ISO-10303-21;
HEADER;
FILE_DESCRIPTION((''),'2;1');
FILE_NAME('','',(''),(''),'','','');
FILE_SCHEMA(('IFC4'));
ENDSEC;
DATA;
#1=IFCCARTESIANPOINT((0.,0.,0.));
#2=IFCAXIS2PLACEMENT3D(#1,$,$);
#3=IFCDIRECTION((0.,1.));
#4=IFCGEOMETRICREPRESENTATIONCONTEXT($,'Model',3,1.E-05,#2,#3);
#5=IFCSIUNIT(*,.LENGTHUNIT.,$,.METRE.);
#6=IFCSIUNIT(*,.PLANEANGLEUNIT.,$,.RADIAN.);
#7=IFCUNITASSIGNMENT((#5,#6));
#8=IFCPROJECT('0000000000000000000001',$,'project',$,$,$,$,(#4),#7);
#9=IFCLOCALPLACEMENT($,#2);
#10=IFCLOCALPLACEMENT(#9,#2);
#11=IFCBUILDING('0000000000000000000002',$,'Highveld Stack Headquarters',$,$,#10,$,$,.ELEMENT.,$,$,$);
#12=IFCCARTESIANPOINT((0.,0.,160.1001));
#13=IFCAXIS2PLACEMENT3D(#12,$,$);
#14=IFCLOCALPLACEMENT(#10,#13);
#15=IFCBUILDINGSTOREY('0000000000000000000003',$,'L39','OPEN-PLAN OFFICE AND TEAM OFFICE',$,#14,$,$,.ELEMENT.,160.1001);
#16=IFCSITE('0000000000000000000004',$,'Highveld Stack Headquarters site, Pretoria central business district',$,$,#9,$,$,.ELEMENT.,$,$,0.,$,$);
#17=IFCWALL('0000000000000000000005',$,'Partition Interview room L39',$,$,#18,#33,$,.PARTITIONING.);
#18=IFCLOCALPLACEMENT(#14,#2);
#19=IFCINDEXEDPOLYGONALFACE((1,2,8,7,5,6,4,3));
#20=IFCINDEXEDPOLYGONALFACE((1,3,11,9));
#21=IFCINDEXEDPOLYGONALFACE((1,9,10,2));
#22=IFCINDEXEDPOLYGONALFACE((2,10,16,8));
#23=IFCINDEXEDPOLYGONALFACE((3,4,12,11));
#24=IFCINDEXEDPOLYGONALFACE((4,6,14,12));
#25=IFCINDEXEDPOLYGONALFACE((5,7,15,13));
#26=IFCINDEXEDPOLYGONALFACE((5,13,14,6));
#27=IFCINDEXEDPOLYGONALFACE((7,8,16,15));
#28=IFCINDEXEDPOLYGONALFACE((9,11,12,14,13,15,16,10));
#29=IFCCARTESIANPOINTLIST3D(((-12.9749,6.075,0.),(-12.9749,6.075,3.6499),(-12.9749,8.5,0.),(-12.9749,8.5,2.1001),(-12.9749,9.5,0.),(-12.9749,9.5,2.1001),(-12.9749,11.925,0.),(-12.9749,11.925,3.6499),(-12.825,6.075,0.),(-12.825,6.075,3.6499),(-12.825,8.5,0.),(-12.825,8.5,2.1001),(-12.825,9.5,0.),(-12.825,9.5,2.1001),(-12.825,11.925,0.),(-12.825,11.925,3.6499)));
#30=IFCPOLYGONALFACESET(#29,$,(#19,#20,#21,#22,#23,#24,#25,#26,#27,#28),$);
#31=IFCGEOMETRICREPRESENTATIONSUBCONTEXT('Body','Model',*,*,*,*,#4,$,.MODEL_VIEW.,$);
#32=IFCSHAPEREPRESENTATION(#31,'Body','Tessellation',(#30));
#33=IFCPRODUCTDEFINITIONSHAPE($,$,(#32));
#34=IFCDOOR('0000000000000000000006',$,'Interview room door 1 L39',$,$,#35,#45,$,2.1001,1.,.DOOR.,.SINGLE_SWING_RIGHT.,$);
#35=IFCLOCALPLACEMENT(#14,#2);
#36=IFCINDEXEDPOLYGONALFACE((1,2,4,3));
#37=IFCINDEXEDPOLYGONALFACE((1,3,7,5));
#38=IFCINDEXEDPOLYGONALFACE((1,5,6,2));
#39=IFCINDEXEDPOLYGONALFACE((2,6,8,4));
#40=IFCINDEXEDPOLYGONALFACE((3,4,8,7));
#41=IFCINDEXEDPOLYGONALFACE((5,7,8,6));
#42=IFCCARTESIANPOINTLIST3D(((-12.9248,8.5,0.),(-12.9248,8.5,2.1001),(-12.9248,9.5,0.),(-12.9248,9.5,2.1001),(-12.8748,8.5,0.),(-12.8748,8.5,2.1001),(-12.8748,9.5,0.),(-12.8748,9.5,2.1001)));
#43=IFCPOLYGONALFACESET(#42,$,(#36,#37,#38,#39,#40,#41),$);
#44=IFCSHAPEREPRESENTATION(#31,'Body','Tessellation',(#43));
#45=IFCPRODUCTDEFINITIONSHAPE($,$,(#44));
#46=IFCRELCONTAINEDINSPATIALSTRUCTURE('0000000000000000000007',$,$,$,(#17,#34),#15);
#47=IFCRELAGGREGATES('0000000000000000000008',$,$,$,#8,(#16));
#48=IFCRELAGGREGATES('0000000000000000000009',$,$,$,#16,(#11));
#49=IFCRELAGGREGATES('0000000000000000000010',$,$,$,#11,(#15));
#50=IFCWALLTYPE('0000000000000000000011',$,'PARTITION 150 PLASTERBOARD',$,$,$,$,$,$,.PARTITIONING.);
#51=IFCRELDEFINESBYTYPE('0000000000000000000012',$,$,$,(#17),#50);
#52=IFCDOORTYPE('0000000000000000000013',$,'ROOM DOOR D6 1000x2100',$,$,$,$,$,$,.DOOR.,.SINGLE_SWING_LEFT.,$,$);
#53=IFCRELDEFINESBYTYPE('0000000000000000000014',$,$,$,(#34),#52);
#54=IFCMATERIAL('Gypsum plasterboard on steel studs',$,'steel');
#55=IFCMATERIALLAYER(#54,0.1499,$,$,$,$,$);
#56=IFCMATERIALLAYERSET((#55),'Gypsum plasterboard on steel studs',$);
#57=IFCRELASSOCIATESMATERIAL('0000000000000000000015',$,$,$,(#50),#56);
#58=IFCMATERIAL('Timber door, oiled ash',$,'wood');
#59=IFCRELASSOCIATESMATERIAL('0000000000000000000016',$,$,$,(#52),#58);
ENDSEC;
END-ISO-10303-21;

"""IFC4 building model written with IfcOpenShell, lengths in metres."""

from ifc_helpers import new_model, si_unit, direction, frame, frame_2d, origin, place, context, subcontext, project, spatial, rectangle, extrude, material, layer, layer_set, type_object, element, fill, save


model = new_model("IFC4")

# Units and contexts
model_context = context("Model", 3, precision=1e-05, world=origin(), true_north=direction((0.0, 1.0)))
body_context = subcontext(model_context, "Body", "Model", "MODEL_VIEW")
ifc_project = project(units=[si_unit("LENGTHUNIT", "METRE"), si_unit("PLANEANGLEUNIT", "RADIAN")], contexts=[model_context])

# Site, building, storey
site_placement = place(None, origin())
site = spatial("IfcSite", under=ifc_project, at=site_placement, Name="Highveld Stack Headquarters site, Pretoria central business district", CompositionType="ELEMENT", RefElevation=0.0)
building_placement = place(site_placement, origin())
building = spatial("IfcBuilding", under=site, at=building_placement, Name="Highveld Stack Headquarters", CompositionType="ELEMENT")
storey_placement = place(building_placement, frame((0.0, 0.0, 160.1001)))
storey = spatial("IfcBuildingStorey", under=building, at=storey_placement, Name="L39", Description="OPEN-PLAN OFFICE AND TEAM OFFICE", CompositionType="ELEMENT", Elevation=160.1001)

# Shared definitions
ifc_material_1 = material(Name="Gypsum plasterboard on steel studs", Category="steel")
ifc_layer_1 = layer(ifc_material_1, 0.1499)
ifc_layer_set_1 = layer_set([ifc_layer_1], Name="Gypsum plasterboard on steel studs")
wall_type = type_object("IfcWallType", Name="PARTITION 150 PLASTERBOARD", PredefinedType="PARTITIONING", material=ifc_layer_set_1)

# Wall, opening, door
wall_1_placement = place(storey_placement, frame((-12.8999, 6.075, 0.0), z_axis=(0.0, 0.0, 1.0), x_axis=(0.0, 1.0, 0.0)))
wall_1 = element("IfcWall", 1, at=wall_1_placement, inside=storey, type_object=wall_type, Name="Partition Interview room L39", PredefinedType="PARTITIONING", context=body_context, shape_type="SweptSolid", body=[
    extrude(rectangle(XDim=5.8501, YDim=0.1499, at=frame_2d((2.925, 0.0))), origin(), (0.0, 0.0, 1.0), 3.6499),
])
opening_placement = place(wall_1_placement, frame((2.425, 0.0, 0.0)))
opening = element("IfcOpeningElement", 2, at=opening_placement, cuts=wall_1, PredefinedType="OPENING", context=body_context, shape_type="SweptSolid", body=[
    extrude(rectangle(XDim=1.0, YDim=2.1001, at=frame_2d((0.5, 1.05))), frame((0.0, 0.085, 0.0), z_axis=(0.0, -1.0, 0.0), x_axis=(1.0, 0.0, 0.0)), (0.0, 0.0, 1.0), 0.1699),
])
ifc_material_2 = material(Name="Timber door, oiled ash", Category="wood")
door_type = type_object("IfcDoorType", Name="ROOM DOOR D6 1000x2100", OperationType="SINGLE_SWING_LEFT", PredefinedType="DOOR", material=ifc_material_2)
door_placement = place(opening_placement, origin())
door = element("IfcDoor", 3, at=door_placement, inside=storey, type_object=door_type, Name="Interview room door 1 L39", OperationType="SINGLE_SWING_RIGHT", OverallHeight=2.1001, OverallWidth=1.0, PredefinedType="DOOR", context=body_context, shape_type="SweptSolid", body=[
    extrude(rectangle(XDim=1.0, YDim=2.1001, at=frame_2d((0.5, 1.05))), frame((0.0, 0.0249, 0.0), z_axis=(0.0, -1.0, 0.0), x_axis=(1.0, 0.0, 0.0)), (0.0, 0.0, 1.0), 0.05),
])
fill(opening, door)

save(model, "model.ifc")
